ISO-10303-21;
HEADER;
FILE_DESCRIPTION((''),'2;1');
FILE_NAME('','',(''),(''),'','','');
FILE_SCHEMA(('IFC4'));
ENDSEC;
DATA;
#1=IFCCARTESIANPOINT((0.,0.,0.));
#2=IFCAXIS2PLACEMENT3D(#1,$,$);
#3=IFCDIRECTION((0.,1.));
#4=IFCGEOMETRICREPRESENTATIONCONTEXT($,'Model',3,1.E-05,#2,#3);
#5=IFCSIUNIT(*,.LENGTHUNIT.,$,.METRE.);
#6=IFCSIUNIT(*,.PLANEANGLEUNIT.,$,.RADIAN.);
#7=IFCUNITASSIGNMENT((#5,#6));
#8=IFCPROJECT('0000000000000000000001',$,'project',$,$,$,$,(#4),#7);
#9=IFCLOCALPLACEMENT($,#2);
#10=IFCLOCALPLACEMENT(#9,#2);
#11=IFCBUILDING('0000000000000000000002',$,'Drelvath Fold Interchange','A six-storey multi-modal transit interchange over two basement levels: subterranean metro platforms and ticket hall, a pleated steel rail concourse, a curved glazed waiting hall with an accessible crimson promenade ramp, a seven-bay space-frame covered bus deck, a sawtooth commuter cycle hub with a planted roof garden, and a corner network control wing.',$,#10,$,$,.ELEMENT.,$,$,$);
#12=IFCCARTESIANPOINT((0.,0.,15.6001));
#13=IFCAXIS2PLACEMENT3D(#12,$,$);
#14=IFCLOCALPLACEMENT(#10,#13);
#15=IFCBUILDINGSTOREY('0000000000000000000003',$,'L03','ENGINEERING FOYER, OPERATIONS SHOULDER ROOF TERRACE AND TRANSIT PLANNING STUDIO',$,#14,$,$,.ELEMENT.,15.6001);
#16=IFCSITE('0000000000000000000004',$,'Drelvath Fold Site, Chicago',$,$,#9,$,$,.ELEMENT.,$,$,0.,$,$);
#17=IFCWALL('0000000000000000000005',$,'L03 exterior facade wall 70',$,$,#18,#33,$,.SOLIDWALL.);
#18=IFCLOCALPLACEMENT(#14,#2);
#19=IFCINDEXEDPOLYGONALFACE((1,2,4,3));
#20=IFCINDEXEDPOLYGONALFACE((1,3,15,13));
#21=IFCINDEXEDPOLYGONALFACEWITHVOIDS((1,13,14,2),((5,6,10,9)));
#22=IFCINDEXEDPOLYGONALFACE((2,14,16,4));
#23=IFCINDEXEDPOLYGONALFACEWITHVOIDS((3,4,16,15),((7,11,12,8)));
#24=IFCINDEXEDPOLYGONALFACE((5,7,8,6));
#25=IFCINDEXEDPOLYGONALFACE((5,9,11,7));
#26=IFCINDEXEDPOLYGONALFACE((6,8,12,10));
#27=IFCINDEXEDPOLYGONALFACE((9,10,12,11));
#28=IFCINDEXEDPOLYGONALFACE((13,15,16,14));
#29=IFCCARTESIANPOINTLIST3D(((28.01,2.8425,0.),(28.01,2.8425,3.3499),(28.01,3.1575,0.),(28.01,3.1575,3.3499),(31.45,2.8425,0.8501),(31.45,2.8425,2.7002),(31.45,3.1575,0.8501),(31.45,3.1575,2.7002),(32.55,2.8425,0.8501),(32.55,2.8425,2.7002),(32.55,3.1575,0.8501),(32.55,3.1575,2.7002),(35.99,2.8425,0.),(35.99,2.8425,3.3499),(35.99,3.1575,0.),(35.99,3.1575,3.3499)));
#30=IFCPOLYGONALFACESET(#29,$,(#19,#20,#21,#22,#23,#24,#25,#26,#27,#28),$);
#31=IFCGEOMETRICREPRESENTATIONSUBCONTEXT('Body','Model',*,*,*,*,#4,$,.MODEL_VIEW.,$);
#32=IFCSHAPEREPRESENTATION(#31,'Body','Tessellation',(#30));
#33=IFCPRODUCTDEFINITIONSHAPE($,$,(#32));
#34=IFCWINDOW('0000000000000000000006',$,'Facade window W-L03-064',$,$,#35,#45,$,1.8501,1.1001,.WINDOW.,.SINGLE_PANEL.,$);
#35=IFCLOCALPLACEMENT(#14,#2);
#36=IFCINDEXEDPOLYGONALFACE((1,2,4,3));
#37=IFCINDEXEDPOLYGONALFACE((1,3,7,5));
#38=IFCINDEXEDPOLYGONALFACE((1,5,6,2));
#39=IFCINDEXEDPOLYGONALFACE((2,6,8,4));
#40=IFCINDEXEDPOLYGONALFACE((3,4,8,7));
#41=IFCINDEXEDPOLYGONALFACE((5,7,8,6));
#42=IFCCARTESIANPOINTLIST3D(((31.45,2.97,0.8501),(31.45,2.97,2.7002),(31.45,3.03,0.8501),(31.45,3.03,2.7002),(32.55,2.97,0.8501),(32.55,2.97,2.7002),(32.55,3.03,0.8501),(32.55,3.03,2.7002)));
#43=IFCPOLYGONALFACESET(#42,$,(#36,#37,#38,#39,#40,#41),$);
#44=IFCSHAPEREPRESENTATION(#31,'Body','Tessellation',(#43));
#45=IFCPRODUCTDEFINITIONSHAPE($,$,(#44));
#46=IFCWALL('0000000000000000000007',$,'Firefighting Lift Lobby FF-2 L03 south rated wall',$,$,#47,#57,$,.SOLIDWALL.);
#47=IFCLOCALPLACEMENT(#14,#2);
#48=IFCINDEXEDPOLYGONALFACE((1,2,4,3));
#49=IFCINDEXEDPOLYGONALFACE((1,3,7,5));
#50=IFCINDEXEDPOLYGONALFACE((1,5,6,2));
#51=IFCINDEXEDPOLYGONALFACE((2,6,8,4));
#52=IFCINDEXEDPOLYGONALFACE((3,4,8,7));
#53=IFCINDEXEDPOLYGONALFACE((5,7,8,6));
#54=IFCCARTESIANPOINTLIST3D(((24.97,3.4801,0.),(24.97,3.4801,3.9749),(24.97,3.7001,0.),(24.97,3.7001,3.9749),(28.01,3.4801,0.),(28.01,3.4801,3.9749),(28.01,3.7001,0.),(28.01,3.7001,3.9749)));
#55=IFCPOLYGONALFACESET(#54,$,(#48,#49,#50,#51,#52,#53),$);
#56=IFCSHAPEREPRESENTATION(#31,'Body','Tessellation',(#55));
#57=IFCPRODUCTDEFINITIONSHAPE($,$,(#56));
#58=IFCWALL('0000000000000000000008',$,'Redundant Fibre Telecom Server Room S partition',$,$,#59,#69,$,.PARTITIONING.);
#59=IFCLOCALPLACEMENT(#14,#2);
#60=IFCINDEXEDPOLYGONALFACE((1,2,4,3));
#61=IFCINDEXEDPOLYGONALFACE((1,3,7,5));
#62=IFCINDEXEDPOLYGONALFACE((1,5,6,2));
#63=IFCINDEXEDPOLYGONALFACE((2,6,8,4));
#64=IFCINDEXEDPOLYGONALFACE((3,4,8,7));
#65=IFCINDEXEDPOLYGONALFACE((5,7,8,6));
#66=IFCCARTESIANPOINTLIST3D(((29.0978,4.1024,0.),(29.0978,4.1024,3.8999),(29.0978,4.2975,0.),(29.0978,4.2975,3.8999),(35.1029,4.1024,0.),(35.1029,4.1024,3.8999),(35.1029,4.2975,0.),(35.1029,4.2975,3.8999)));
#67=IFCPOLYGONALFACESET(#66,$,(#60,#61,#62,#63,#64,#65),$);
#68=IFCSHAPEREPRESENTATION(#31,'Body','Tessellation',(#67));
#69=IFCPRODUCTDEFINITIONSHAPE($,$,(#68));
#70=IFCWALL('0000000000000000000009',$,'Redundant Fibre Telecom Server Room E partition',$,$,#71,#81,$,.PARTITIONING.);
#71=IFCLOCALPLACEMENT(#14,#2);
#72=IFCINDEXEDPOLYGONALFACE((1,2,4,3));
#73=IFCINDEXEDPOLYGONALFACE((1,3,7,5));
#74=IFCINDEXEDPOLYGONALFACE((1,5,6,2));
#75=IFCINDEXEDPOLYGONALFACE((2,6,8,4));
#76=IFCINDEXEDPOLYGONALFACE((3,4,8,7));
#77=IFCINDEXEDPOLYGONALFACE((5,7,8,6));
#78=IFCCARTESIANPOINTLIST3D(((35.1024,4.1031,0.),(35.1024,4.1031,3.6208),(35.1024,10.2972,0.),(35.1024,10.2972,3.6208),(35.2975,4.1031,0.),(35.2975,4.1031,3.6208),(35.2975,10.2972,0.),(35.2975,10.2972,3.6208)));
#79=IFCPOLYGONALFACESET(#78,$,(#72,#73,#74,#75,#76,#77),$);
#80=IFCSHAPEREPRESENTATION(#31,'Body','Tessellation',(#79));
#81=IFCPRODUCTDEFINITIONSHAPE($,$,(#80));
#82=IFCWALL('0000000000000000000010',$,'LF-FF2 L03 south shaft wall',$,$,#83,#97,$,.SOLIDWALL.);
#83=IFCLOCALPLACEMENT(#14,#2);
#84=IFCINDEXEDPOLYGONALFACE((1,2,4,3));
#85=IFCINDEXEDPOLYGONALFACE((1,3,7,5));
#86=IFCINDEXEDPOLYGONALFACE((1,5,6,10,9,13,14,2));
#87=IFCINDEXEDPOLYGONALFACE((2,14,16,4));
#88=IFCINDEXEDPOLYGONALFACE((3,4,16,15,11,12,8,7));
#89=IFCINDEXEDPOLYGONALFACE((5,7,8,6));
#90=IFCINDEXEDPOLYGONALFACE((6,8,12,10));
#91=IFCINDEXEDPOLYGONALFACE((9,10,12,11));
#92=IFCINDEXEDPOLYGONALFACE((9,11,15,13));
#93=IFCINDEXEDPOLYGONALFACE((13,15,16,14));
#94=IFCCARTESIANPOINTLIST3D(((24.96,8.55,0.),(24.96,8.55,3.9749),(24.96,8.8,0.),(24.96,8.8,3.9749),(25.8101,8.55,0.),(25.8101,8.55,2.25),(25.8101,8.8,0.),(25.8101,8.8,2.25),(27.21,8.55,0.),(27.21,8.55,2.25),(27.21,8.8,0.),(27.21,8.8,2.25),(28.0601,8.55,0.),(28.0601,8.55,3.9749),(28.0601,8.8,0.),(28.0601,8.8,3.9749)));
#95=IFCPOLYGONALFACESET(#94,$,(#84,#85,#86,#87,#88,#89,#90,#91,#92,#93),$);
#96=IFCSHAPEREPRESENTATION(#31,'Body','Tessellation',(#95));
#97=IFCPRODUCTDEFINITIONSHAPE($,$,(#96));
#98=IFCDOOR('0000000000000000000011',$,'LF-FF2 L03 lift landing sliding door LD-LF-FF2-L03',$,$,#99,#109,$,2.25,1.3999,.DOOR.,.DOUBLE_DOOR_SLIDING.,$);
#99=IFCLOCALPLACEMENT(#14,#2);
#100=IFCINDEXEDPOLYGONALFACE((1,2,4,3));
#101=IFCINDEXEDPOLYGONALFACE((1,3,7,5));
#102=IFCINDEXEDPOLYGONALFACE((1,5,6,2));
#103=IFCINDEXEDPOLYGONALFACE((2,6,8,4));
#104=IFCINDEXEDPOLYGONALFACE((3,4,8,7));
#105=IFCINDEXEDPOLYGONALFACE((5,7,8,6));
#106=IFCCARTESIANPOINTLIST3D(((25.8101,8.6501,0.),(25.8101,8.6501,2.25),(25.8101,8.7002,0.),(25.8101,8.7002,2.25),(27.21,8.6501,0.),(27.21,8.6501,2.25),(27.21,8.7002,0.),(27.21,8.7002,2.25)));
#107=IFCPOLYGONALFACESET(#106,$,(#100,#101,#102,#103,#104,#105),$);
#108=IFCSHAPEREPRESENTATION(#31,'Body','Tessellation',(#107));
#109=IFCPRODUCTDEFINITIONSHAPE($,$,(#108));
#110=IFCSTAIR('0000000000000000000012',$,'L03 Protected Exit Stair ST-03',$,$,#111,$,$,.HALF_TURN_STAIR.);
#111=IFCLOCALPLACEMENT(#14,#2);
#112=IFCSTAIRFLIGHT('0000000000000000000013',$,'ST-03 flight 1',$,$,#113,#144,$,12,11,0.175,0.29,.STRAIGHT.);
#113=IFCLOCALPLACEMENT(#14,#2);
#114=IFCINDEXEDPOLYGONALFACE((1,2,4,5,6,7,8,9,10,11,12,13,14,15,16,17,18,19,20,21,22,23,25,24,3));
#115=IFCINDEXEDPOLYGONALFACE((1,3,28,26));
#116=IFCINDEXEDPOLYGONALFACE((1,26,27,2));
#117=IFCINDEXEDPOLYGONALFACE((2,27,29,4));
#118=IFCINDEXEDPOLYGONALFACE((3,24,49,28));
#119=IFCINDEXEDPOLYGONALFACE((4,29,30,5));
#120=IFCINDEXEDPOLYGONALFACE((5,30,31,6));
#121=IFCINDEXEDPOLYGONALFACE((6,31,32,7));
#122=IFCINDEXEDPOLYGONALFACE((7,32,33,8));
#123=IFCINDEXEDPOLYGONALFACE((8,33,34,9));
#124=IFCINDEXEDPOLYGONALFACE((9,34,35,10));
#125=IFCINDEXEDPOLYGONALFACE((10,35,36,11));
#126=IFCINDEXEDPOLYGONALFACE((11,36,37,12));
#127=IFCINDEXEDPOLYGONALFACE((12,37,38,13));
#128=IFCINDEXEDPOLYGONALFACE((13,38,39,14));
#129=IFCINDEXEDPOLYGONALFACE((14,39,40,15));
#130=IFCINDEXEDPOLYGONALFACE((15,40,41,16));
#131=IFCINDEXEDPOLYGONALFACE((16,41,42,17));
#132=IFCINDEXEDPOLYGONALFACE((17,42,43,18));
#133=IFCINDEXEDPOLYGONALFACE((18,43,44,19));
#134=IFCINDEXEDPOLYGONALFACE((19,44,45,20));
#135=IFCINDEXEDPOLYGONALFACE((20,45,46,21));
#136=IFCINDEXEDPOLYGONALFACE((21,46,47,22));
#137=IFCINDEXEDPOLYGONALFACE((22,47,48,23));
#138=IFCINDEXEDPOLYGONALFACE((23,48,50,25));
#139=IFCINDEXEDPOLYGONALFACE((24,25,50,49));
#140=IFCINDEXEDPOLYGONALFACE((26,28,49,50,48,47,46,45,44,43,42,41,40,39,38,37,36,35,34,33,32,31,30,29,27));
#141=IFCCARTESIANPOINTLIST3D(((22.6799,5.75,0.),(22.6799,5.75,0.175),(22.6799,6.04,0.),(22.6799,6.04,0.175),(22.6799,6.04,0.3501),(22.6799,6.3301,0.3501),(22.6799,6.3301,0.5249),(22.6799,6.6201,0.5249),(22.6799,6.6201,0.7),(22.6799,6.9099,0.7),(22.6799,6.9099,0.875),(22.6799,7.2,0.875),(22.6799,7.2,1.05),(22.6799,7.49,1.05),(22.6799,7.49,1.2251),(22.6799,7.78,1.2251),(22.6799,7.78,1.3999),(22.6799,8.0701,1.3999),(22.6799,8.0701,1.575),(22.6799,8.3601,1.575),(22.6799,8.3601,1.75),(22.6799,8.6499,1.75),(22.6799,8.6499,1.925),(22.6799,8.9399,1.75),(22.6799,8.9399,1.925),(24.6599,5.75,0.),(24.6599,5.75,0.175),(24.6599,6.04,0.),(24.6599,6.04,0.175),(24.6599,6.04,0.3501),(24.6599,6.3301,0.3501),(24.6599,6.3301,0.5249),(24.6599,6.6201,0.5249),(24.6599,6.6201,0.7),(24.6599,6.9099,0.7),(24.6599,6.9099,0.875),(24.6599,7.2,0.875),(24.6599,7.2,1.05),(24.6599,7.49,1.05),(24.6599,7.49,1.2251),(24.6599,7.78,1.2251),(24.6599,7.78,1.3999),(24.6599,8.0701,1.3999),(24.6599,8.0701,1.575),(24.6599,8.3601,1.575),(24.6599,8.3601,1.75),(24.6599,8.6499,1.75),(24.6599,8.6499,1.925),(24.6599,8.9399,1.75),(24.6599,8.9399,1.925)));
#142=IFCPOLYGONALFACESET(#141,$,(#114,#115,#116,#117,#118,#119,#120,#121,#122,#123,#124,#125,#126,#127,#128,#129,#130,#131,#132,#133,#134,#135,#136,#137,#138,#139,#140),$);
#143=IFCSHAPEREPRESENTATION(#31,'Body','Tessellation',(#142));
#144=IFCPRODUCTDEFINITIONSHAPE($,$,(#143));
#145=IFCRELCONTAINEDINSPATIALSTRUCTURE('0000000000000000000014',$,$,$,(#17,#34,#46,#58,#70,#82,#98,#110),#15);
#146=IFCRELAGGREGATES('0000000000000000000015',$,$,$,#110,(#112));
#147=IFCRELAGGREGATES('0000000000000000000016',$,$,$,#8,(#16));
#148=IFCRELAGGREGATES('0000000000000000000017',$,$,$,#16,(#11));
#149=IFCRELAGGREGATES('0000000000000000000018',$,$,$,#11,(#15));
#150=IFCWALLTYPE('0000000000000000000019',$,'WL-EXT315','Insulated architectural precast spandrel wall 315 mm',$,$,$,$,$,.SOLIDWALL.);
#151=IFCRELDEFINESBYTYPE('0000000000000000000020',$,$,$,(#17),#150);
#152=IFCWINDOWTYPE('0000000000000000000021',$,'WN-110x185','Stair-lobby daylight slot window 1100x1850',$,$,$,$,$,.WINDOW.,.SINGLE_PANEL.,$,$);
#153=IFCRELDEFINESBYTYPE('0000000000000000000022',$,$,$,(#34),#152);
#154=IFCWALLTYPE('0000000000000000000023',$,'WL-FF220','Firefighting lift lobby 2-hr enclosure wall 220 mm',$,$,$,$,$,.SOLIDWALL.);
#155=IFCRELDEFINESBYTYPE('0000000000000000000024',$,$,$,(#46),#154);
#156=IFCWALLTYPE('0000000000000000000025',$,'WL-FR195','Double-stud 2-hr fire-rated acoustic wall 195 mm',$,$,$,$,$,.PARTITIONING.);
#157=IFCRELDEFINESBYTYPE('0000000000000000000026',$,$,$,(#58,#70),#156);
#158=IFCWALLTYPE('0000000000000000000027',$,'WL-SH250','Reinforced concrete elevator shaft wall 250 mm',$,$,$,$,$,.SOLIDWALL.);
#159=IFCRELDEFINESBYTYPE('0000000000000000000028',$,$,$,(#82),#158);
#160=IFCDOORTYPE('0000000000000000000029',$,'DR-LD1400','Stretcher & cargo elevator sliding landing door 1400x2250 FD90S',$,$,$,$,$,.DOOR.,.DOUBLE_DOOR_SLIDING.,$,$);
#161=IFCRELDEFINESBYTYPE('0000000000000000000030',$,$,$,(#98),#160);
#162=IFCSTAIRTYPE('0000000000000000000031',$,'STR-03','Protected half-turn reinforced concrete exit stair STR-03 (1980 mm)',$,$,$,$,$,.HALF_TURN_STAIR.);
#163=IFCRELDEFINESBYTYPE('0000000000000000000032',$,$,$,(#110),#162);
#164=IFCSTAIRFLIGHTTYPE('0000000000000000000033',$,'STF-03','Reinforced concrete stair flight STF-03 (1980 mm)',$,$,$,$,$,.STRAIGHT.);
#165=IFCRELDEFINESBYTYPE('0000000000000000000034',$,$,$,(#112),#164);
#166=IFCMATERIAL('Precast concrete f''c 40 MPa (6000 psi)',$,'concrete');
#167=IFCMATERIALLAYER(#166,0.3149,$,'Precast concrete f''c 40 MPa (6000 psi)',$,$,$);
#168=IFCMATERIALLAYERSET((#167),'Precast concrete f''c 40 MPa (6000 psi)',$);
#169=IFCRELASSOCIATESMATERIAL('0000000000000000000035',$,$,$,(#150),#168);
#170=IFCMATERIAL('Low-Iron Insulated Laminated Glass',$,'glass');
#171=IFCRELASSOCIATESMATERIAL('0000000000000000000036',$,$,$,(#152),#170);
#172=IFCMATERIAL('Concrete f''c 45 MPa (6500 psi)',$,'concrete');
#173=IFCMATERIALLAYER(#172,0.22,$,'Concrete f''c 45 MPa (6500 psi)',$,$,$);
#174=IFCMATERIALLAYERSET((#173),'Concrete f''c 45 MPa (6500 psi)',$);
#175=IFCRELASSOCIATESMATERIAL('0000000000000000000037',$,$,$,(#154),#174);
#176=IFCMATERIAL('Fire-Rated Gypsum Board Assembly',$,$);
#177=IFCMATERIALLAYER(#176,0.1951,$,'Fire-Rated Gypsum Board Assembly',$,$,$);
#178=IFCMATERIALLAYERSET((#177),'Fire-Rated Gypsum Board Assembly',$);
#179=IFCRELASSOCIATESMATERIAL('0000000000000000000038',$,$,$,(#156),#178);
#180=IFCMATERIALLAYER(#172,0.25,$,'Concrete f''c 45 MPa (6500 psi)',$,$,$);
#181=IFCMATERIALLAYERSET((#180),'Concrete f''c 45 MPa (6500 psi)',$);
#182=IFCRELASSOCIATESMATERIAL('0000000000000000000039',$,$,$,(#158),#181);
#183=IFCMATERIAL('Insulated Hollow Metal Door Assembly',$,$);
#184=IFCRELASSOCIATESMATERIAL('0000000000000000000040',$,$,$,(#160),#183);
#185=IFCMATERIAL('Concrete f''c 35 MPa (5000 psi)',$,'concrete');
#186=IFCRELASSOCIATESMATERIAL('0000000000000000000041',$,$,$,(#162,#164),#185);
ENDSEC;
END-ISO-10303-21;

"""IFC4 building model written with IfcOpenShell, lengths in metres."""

from ifc_helpers import new_model, si_unit, direction, frame, frame_2d, origin, place, context, subcontext, project, spatial, polyline, rectangle, outline, extrude, material, layer, layer_set, type_object, element, fill, aggregate, save


model = new_model("IFC4")

# Units and contexts
model_context = context("Model", 3, precision=1e-05, world=origin(), true_north=direction((0.0, 1.0)))
body_context = subcontext(model_context, "Body", "Model", "MODEL_VIEW")
ifc_project = project(units=[si_unit("LENGTHUNIT", "METRE"), si_unit("PLANEANGLEUNIT", "RADIAN")], contexts=[model_context])

# Site, building, storey
site_placement = place(None, origin())
site = spatial("IfcSite", under=ifc_project, at=site_placement, Name="Drelvath Fold Site, Chicago", CompositionType="ELEMENT", RefElevation=0.0)
building_placement = place(site_placement, origin())
building = spatial("IfcBuilding", under=site, at=building_placement, Name="Drelvath Fold Interchange", Description="A six-storey multi-modal transit interchange over two basement levels: subterranean metro platforms and ticket hall, a pleated steel rail concourse, a curved glazed waiting hall with an accessible crimson promenade ramp, a seven-bay space-frame covered bus deck, a sawtooth commuter cycle hub with a planted roof garden, and a corner network control wing.", CompositionType="ELEMENT")
storey_placement = place(building_placement, frame((0.0, 0.0, 15.6001)))
storey = spatial("IfcBuildingStorey", under=building, at=storey_placement, Name="L03", Description="ENGINEERING FOYER, OPERATIONS SHOULDER ROOF TERRACE AND TRANSIT PLANNING STUDIO", CompositionType="ELEMENT", Elevation=15.6001)

# Shared definitions
ifc_material_1 = material(Name="Concrete f'c 45 MPa (6500 psi)", Category="concrete")

# Shared definitions
ifc_material_2 = material(Name="Insulated Hollow Metal Door Assembly")

# Wall, opening, window
ifc_material_3 = material(Name="Precast concrete f'c 40 MPa (6000 psi)", Category="concrete")
ifc_layer_1 = layer(ifc_material_3, 0.3149, Name="Precast concrete f'c 40 MPa (6000 psi)")
ifc_layer_set_1 = layer_set([ifc_layer_1], Name="Precast concrete f'c 40 MPa (6000 psi)")
wall_type_1 = type_object("IfcWallType", Name="WL-EXT315", Description="Insulated architectural precast spandrel wall 315 mm", PredefinedType="SOLIDWALL", material=ifc_layer_set_1)
wall_1_placement = place(storey_placement, frame((28.01, 3.0, 0.0), z_axis=(0.0, 0.0, 1.0), x_axis=(1.0, 0.0, 0.0)))
wall_1 = element("IfcWall", 1, at=wall_1_placement, inside=storey, type_object=wall_type_1, Name="L03 exterior facade wall 70", PredefinedType="SOLIDWALL", context=body_context, shape_type="SweptSolid", body=[
    extrude(rectangle(XDim=7.98, YDim=0.3149, at=frame_2d((3.99, 0.0))), origin(), (0.0, 0.0, 1.0), 3.3499),
])
opening_1_placement = place(wall_1_placement, frame((3.4399, 0.0, 0.8501)))
opening_1 = element("IfcOpeningElement", 2, at=opening_1_placement, cuts=wall_1, PredefinedType="OPENING", context=body_context, shape_type="SweptSolid", body=[
    extrude(rectangle(XDim=1.1001, YDim=1.8501, at=frame_2d((0.55, 0.925))), frame((0.0, 0.1675, 0.0), z_axis=(0.0, -1.0, 0.0), x_axis=(1.0, 0.0, 0.0)), (0.0, 0.0, 1.0), 0.335),
])
ifc_material_4 = material(Name="Low-Iron Insulated Laminated Glass", Category="glass")
window_type = type_object("IfcWindowType", Name="WN-110x185", Description="Stair-lobby daylight slot window 1100x1850", PartitioningType="SINGLE_PANEL", PredefinedType="WINDOW", material=ifc_material_4)
window_placement = place(opening_1_placement, origin())
window = element("IfcWindow", 3, at=window_placement, inside=storey, type_object=window_type, Name="Facade window W-L03-064", OverallHeight=1.8501, OverallWidth=1.1001, PartitioningType="SINGLE_PANEL", PredefinedType="WINDOW", context=body_context, shape_type="SweptSolid", body=[
    extrude(rectangle(XDim=1.1001, YDim=1.8501, at=frame_2d((0.55, 0.925))), frame((0.0, 0.03, 0.0), z_axis=(0.0, -1.0, 0.0), x_axis=(1.0, 0.0, 0.0)), (0.0, 0.0, 1.0), 0.0601),
])
fill(opening_1, window)

# Wall
ifc_layer_2 = layer(ifc_material_1, 0.22, Name="Concrete f'c 45 MPa (6500 psi)")
ifc_layer_set_2 = layer_set([ifc_layer_2], Name="Concrete f'c 45 MPa (6500 psi)")
wall_type_2 = type_object("IfcWallType", Name="WL-FF220", Description="Firefighting lift lobby 2-hr enclosure wall 220 mm", PredefinedType="SOLIDWALL", material=ifc_layer_set_2)
wall_2_placement = place(storey_placement, frame((24.97, 3.5901, 0.0), z_axis=(0.0, 0.0, 1.0), x_axis=(1.0, 0.0, 0.0)))
element("IfcWall", 4, at=wall_2_placement, inside=storey, type_object=wall_type_2, Name="Firefighting Lift Lobby FF-2 L03 south rated wall", PredefinedType="SOLIDWALL", context=body_context, shape_type="SweptSolid", body=[
    extrude(rectangle(XDim=3.04, YDim=0.22, at=frame_2d((1.52, 0.0))), origin(), (0.0, 0.0, 1.0), 3.9749),
])

# Walls
ifc_material_5 = material(Name="Fire-Rated Gypsum Board Assembly")
ifc_layer_3 = layer(ifc_material_5, 0.1951, Name="Fire-Rated Gypsum Board Assembly")
ifc_layer_set_3 = layer_set([ifc_layer_3], Name="Fire-Rated Gypsum Board Assembly")
wall_type_3 = type_object("IfcWallType", Name="WL-FR195", Description="Double-stud 2-hr fire-rated acoustic wall 195 mm", PredefinedType="PARTITIONING", material=ifc_layer_set_3)
wall_3_placement = place(storey_placement, frame((29.0979, 4.2, 0.0), z_axis=(0.0, 0.0, 1.0), x_axis=(1.0, 0.0, 0.0)))
element("IfcWall", 5, at=wall_3_placement, inside=storey, type_object=wall_type_3, Name="Redundant Fibre Telecom Server Room S partition", PredefinedType="PARTITIONING", context=body_context, shape_type="SweptSolid", body=[
    extrude(rectangle(XDim=6.0051, YDim=0.1951, at=frame_2d((3.0024, 0.0))), origin(), (0.0, 0.0, 1.0), 3.8999),
])
wall_4_placement = place(storey_placement, frame((35.2, 4.103, 0.0), z_axis=(0.0, 0.0, 1.0), x_axis=(0.0, 1.0, 0.0)))
element("IfcWall", 6, at=wall_4_placement, inside=storey, type_object=wall_type_3, Name="Redundant Fibre Telecom Server Room E partition", PredefinedType="PARTITIONING", context=body_context, shape_type="SweptSolid", body=[
    extrude(rectangle(XDim=6.1941, YDim=0.1951, at=frame_2d((3.0972, 0.0))), origin(), (0.0, 0.0, 1.0), 3.6208),
])

# Wall, opening, door
ifc_layer_4 = layer(ifc_material_1, 0.25, Name="Concrete f'c 45 MPa (6500 psi)")
ifc_layer_set_4 = layer_set([ifc_layer_4], Name="Concrete f'c 45 MPa (6500 psi)")
wall_type_4 = type_object("IfcWallType", Name="WL-SH250", Description="Reinforced concrete elevator shaft wall 250 mm", PredefinedType="SOLIDWALL", material=ifc_layer_set_4)
wall_5_placement = place(storey_placement, frame((24.96, 8.675, 0.0), z_axis=(0.0, 0.0, 1.0), x_axis=(1.0, 0.0, 0.0)))
wall_5 = element("IfcWall", 7, at=wall_5_placement, inside=storey, type_object=wall_type_4, Name="LF-FF2 L03 south shaft wall", PredefinedType="SOLIDWALL", context=body_context, shape_type="SweptSolid", body=[
    extrude(rectangle(XDim=3.1001, YDim=0.25, at=frame_2d((1.55, 0.0))), origin(), (0.0, 0.0, 1.0), 3.9749),
])
opening_2_placement = place(wall_5_placement, frame((0.8501, 0.0, 0.0)))
opening_2 = element("IfcOpeningElement", 8, at=opening_2_placement, cuts=wall_5, PredefinedType="OPENING", context=body_context, shape_type="SweptSolid", body=[
    extrude(rectangle(XDim=1.3999, YDim=2.25, at=frame_2d((0.7, 1.125))), frame((0.0, 0.135, 0.0), z_axis=(0.0, -1.0, 0.0), x_axis=(1.0, 0.0, 0.0)), (0.0, 0.0, 1.0), 0.27),
])
door_type_1 = type_object("IfcDoorType", Name="DR-LD1400", Description="Stretcher & cargo elevator sliding landing door 1400x2250 FD90S", OperationType="DOUBLE_DOOR_SLIDING", PredefinedType="DOOR", material=ifc_material_2)
door_1_placement = place(opening_2_placement, frame((1.3999, 0.0, 0.0), z_axis=(0.0, 0.0, 1.0), x_axis=(-1.0, 0.0, 0.0)))
door_1 = element("IfcDoor", 9, at=door_1_placement, inside=storey, type_object=door_type_1, Name="LF-FF2 L03 lift landing sliding door LD-LF-FF2-L03", OperationType="DOUBLE_DOOR_SLIDING", OverallHeight=2.25, OverallWidth=1.3999, PredefinedType="DOOR", context=body_context, shape_type="SweptSolid", body=[
    extrude(rectangle(XDim=1.3999, YDim=2.25, at=frame_2d((0.7, 1.125))), frame((0.0, 0.0249, 0.0), z_axis=(0.0, -1.0, 0.0), x_axis=(1.0, 0.0, 0.0)), (0.0, 0.0, 1.0), 0.05),
])
fill(opening_2, door_1)

# Stair, stair flight
ifc_material_6 = material(Name="Concrete f'c 35 MPa (5000 psi)", Category="concrete")
stair_type = type_object("IfcStairType", Name="STR-03", Description="Protected half-turn reinforced concrete exit stair STR-03 (1980 mm)", PredefinedType="HALF_TURN_STAIR", material=ifc_material_6)
stair_placement = place(storey_placement, origin())
stair = element("IfcStair", 10, at=stair_placement, inside=storey, type_object=stair_type, Name="L03 Protected Exit Stair ST-03", PredefinedType="HALF_TURN_STAIR")
stair_flight_type = type_object("IfcStairFlightType", Name="STF-03", Description="Reinforced concrete stair flight STF-03 (1980 mm)", PredefinedType="STRAIGHT", material=ifc_material_6)
stair_flight_placement = place(storey_placement, frame((23.6699, 5.75, 0.0), z_axis=(0.0, 0.0, 1.0), x_axis=(0.0, 1.0, 0.0)))
stair_flight = element("IfcStairFlight", 11, at=stair_flight_placement, type_object=stair_flight_type, Name="ST-03 flight 1", NumberOfRisers=12, NumberOfTreads=11, PredefinedType="STRAIGHT", RiserHeight=0.175, TreadLength=0.29, context=body_context, shape_type="SweptSolid", body=[
    extrude(outline(polyline([(0.0, 0.0), (0.0, 0.175), (0.29, 0.175), (0.29, 0.3501), (0.5801, 0.3501), (0.5801, 0.5249), (0.8701, 0.5249), (0.8701, 0.7), (1.1599, 0.7), (1.1599, 0.875), (1.45, 0.875), (1.45, 1.05), (1.74, 1.05), (1.74, 1.2251), (2.03, 1.2251), (2.03, 1.3999), (2.3201, 1.3999), (2.3201, 1.575), (2.6101, 1.575), (2.6101, 1.75), (2.8999, 1.75), (2.8999, 1.925), (3.1899, 1.925), (3.1899, 2.1001), (3.1899, 1.75), (0.29, 0.0), (0.0, 0.0)])), frame((0.0, 0.99, 0.0), z_axis=(0.0, -1.0, 0.0), x_axis=(1.0, 0.0, 0.0)), (0.0, 0.0, 1.0), 1.98),
])
aggregate(stair, [stair_flight])

save(model, "model.ifc")
